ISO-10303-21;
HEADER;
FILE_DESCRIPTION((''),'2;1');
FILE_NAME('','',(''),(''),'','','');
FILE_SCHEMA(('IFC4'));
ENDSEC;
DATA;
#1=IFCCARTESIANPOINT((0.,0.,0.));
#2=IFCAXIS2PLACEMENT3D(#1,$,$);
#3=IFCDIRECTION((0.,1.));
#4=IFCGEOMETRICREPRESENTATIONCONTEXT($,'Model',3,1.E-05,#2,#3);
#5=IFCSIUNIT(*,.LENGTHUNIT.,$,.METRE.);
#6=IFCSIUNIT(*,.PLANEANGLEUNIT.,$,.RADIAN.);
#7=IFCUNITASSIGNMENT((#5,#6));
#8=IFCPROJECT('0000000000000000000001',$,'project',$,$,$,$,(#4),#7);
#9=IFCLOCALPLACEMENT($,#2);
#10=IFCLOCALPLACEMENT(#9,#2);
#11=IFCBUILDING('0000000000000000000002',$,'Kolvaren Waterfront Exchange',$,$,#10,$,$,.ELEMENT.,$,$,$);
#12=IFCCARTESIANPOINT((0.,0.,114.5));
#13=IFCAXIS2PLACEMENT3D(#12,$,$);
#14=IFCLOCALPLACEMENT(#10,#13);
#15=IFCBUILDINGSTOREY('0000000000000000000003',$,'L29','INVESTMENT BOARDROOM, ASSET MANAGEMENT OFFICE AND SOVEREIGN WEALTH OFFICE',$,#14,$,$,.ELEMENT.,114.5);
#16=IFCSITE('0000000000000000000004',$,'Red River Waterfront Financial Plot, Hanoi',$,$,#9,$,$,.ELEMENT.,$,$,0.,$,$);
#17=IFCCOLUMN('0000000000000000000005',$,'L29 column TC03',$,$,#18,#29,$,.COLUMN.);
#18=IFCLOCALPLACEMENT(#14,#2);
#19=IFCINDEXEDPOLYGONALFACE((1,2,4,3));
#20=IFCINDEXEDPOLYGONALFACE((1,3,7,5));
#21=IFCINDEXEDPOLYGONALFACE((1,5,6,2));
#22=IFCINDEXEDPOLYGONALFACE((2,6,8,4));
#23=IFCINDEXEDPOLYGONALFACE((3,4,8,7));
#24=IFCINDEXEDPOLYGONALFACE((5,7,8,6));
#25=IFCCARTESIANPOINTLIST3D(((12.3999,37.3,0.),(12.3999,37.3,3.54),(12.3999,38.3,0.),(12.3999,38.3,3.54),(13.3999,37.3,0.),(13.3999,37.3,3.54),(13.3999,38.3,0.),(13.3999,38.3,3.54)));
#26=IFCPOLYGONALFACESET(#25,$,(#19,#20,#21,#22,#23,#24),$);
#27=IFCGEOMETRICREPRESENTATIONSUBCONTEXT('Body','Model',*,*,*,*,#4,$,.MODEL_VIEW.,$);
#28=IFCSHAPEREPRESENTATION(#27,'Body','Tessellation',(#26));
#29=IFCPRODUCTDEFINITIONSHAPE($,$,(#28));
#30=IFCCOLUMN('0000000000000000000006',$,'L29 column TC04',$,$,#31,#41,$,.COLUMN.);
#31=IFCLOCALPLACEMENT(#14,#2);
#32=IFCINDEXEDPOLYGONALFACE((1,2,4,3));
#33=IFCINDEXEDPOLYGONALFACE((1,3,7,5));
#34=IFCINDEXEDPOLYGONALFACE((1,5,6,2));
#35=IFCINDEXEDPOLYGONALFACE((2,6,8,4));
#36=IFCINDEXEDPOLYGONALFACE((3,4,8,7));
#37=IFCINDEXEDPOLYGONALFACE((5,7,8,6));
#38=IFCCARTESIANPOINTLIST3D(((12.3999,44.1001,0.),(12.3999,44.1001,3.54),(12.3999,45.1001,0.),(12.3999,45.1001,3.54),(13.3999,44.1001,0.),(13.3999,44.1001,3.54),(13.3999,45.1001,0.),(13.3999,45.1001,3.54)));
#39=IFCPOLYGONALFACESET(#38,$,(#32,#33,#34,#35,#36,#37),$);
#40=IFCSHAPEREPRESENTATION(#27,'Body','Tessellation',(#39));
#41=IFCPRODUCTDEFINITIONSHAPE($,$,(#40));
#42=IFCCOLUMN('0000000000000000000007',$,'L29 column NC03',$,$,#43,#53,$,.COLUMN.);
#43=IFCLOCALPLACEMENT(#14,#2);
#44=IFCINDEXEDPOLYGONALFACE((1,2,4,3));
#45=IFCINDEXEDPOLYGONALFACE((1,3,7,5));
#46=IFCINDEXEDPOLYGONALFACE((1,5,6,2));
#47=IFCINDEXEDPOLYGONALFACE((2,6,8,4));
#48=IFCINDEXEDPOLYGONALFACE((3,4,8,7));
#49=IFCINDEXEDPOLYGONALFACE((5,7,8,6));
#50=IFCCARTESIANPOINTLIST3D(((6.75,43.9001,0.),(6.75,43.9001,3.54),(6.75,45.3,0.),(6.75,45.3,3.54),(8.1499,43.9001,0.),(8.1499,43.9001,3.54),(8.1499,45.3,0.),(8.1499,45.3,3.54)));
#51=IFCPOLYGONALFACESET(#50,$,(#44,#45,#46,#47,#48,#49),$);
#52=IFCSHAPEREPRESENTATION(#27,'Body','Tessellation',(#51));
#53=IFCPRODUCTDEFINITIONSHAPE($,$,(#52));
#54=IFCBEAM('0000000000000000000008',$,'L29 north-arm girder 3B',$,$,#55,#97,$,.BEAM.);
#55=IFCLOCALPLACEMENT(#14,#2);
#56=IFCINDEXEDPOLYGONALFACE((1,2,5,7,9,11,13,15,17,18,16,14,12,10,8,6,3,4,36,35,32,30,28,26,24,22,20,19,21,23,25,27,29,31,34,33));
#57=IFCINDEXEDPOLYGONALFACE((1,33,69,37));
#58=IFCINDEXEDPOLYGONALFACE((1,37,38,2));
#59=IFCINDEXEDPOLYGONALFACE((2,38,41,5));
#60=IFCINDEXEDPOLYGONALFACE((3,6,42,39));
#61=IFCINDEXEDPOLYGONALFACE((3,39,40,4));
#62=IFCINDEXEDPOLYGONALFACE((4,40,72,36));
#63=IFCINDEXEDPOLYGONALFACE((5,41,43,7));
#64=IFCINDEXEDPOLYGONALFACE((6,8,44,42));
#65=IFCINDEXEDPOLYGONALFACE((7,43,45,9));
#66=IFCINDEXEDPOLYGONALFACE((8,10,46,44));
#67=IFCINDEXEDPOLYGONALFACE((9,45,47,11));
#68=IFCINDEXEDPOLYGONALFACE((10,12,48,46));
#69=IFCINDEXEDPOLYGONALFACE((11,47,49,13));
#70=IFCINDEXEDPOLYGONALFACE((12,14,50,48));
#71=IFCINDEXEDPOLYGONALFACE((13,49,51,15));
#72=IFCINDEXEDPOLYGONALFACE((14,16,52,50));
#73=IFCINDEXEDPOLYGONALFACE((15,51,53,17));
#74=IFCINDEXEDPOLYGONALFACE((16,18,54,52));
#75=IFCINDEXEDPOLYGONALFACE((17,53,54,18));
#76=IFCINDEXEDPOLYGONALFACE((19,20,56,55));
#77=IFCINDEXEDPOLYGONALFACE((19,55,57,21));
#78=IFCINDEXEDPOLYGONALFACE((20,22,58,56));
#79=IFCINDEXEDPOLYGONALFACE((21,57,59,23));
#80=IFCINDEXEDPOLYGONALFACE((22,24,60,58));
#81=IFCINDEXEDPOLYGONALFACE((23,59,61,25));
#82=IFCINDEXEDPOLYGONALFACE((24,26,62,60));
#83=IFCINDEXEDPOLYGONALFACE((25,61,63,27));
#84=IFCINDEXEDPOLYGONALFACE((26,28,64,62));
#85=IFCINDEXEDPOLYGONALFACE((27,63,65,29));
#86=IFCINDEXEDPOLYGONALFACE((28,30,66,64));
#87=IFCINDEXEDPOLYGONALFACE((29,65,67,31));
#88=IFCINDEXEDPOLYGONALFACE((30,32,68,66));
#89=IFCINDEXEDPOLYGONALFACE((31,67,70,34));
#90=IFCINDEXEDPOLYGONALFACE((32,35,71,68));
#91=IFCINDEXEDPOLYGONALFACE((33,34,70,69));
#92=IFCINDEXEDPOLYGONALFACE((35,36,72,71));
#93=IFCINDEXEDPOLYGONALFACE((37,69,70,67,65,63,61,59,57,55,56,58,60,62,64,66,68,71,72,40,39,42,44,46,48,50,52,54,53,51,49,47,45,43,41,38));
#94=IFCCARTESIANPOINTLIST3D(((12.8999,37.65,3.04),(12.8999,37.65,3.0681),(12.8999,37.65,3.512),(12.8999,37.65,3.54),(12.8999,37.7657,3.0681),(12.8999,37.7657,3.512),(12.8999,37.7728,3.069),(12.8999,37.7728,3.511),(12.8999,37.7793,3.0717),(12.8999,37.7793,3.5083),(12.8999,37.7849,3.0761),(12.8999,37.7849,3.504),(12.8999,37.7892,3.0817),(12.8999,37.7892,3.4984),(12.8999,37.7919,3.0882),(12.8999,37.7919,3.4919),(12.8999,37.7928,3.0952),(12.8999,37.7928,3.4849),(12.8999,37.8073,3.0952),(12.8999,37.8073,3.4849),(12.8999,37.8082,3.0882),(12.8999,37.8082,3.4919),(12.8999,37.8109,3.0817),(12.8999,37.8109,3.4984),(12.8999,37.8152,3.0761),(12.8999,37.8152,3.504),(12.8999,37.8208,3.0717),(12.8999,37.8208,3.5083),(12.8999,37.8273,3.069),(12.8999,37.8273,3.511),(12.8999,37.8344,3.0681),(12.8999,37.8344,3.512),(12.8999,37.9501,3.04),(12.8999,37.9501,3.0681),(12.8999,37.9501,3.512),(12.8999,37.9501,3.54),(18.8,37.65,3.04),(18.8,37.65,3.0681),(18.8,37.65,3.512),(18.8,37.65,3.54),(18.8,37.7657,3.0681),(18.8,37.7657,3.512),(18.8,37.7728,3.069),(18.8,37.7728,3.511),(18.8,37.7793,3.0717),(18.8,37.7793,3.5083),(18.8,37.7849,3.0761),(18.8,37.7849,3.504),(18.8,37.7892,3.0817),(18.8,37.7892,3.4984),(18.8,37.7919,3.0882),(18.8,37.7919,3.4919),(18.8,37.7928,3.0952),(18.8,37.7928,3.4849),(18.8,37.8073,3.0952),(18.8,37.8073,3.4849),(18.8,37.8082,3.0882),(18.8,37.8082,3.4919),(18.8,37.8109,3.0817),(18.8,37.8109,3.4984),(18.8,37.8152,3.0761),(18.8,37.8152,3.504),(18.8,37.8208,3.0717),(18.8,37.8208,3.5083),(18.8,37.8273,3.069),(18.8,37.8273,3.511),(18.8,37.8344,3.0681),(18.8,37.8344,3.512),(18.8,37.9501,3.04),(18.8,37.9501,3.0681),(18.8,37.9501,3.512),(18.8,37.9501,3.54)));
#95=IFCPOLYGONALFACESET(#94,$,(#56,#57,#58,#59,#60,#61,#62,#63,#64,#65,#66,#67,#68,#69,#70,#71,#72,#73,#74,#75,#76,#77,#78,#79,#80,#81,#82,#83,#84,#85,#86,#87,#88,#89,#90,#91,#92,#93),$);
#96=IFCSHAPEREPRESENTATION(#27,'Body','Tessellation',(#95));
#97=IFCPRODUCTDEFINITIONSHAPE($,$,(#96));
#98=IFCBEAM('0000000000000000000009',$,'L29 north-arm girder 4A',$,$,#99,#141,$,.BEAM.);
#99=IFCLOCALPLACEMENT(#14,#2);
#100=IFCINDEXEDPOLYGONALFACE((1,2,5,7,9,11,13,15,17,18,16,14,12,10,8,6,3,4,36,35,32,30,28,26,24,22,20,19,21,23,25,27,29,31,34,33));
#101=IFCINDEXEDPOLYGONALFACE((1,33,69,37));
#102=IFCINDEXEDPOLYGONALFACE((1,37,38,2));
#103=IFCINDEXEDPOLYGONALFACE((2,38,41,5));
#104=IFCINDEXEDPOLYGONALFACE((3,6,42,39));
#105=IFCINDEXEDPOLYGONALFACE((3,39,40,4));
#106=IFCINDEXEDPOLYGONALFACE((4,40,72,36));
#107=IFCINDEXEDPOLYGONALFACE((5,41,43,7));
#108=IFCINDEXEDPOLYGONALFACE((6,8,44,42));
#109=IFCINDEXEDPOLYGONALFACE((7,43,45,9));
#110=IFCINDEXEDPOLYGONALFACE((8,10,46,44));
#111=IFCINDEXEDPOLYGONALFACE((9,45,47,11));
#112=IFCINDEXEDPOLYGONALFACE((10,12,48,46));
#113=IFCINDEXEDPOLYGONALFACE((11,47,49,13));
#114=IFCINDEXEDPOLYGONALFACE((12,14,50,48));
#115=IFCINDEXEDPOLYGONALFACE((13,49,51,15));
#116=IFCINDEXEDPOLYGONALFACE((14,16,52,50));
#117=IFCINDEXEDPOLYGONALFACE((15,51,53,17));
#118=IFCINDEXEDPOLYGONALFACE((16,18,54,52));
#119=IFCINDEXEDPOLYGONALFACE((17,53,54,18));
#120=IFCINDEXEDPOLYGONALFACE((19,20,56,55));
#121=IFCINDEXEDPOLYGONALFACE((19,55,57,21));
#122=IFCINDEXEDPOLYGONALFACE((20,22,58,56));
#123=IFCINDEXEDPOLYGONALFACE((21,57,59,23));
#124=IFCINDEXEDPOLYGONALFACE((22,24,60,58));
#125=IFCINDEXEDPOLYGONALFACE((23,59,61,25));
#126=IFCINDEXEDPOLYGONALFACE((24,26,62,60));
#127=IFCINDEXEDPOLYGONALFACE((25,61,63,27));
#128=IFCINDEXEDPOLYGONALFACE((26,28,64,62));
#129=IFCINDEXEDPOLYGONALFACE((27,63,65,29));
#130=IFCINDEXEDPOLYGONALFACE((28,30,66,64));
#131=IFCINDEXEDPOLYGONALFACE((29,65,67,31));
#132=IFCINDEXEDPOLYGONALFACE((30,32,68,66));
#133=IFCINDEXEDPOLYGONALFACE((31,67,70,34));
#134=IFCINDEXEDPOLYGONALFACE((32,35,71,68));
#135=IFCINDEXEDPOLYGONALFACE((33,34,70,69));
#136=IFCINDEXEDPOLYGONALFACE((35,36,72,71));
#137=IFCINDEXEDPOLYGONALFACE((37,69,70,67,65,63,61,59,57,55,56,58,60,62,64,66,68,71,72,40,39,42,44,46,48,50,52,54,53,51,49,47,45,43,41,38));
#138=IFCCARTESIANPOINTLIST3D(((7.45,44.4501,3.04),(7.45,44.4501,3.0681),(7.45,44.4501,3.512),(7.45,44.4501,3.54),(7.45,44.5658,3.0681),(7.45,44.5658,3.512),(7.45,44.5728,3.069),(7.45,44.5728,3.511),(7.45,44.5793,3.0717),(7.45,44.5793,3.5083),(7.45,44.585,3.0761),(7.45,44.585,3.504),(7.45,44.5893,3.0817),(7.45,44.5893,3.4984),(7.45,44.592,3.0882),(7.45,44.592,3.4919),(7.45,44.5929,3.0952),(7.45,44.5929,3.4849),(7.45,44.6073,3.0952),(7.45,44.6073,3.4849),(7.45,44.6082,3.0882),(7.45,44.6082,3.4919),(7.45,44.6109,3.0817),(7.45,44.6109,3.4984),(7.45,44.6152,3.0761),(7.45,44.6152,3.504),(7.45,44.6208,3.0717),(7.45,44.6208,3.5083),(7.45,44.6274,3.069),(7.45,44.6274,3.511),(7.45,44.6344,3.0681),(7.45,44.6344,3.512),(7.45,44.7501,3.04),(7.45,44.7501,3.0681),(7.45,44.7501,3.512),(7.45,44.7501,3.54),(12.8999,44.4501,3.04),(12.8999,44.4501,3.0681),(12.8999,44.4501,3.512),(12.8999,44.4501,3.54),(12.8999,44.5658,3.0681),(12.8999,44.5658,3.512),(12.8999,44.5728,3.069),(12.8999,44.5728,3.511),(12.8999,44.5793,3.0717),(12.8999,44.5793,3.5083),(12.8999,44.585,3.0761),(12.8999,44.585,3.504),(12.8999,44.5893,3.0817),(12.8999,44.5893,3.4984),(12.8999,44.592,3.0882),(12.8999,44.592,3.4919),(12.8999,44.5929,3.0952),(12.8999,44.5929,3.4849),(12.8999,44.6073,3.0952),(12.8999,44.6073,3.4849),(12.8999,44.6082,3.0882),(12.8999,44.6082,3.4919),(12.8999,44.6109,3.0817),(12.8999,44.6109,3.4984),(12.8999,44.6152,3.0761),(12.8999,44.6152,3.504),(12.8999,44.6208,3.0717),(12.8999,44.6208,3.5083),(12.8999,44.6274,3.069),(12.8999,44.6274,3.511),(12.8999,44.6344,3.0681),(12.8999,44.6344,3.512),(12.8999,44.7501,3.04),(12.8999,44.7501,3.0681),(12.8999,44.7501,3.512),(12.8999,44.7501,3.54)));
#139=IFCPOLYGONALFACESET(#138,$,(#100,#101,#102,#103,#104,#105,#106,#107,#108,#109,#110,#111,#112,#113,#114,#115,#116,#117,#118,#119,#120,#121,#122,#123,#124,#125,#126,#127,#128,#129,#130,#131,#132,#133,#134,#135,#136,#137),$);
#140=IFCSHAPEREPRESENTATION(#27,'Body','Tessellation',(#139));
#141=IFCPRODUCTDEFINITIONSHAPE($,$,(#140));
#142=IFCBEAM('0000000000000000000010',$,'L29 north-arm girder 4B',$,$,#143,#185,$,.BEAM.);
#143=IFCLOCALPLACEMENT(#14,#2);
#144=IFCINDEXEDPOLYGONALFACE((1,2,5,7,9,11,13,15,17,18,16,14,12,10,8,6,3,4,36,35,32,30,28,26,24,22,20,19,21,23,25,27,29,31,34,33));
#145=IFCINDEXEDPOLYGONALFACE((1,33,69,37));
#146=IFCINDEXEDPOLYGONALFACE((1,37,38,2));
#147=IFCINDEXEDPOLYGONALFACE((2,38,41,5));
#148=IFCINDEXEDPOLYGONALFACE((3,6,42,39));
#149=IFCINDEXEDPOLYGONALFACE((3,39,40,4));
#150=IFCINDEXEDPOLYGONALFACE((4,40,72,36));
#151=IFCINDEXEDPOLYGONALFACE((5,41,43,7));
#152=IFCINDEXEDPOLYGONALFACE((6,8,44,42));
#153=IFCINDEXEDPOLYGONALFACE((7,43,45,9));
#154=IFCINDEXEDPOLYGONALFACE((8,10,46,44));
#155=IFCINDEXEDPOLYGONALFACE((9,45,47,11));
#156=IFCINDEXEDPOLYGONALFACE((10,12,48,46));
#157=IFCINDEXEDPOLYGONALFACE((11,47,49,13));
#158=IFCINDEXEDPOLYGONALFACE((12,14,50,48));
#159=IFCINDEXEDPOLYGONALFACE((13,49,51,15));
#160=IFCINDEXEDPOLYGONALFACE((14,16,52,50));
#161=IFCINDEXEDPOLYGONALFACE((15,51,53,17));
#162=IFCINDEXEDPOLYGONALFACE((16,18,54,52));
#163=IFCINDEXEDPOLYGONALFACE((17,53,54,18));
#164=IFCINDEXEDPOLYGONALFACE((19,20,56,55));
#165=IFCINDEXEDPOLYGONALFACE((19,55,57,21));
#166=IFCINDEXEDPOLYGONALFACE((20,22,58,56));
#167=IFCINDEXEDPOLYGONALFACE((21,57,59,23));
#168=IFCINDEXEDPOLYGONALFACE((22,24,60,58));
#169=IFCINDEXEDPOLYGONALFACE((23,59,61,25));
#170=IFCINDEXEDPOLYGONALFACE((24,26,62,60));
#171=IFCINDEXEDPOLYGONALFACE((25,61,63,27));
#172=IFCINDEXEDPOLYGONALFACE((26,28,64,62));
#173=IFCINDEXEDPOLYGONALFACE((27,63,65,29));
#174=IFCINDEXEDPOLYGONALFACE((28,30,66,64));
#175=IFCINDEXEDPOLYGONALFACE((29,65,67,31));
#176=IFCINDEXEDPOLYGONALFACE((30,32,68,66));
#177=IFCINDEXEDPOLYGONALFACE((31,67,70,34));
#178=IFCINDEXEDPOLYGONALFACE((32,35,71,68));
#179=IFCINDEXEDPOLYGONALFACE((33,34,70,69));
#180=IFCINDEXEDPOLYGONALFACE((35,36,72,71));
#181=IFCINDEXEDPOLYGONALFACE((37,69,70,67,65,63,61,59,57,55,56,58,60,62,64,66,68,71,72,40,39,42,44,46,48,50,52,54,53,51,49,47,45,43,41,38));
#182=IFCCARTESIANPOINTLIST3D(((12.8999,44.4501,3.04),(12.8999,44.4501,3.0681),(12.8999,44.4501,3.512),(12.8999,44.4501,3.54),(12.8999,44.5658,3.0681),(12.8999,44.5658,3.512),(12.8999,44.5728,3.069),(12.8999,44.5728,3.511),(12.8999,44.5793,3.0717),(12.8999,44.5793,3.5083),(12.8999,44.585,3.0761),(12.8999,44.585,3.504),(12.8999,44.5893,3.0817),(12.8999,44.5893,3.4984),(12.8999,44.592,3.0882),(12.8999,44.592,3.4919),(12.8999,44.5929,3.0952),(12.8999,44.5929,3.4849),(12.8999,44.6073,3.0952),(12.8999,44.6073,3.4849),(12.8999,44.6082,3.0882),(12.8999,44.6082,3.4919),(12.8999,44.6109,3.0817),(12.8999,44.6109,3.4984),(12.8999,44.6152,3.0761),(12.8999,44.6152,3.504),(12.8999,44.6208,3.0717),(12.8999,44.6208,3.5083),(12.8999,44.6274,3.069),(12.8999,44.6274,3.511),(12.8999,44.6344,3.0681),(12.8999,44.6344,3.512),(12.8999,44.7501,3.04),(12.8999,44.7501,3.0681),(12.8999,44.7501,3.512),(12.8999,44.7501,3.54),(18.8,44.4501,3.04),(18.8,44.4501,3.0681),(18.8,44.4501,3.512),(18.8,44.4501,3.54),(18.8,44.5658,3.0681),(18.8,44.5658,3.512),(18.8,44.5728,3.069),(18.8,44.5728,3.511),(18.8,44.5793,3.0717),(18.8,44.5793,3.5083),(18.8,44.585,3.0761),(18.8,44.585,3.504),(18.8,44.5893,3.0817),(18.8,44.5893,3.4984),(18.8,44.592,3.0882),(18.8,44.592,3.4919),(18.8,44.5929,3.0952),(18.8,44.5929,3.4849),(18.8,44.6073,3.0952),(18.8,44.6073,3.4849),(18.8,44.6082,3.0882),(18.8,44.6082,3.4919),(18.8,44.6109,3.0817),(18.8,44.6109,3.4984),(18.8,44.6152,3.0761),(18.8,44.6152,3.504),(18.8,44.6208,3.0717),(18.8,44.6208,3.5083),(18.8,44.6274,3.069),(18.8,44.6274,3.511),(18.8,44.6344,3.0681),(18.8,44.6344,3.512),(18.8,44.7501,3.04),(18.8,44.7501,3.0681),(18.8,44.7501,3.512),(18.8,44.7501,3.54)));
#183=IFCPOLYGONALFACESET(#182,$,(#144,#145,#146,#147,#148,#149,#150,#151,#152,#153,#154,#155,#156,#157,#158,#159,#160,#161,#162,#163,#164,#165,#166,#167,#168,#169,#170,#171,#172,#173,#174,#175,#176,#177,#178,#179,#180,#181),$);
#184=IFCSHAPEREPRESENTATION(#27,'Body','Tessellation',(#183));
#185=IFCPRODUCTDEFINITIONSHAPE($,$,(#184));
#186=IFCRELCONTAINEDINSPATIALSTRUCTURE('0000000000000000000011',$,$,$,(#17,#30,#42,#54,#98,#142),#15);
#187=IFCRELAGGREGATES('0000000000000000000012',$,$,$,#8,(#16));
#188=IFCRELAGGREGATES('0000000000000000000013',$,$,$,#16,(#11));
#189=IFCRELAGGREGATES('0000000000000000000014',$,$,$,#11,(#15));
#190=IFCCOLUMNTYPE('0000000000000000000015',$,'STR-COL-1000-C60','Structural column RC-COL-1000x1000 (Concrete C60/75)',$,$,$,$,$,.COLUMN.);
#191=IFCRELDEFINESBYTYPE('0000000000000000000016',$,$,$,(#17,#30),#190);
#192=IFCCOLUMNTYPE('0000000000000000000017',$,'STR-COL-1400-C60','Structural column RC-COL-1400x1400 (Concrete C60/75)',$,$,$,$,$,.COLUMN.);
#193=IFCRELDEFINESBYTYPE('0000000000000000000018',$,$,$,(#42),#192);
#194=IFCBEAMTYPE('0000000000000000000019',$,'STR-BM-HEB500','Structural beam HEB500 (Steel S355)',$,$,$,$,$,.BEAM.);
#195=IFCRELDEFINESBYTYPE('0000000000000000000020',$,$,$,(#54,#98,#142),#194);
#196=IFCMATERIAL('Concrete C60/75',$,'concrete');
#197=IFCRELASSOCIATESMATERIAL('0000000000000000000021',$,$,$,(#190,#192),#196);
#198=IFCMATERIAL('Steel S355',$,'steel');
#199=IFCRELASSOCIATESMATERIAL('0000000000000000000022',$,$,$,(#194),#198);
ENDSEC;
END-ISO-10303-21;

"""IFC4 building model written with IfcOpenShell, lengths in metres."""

from ifc_helpers import new_model, si_unit, direction, frame, origin, origin_2d, place, context, subcontext, project, spatial, rectangle, i_section, extrude, material, material_profile, profile_set, type_object, element, save


model = new_model("IFC4")

# Units and contexts
model_context = context("Model", 3, precision=1e-05, world=origin(), true_north=direction((0.0, 1.0)))
body_context = subcontext(model_context, "Body", "Model", "MODEL_VIEW")
ifc_project = project(units=[si_unit("LENGTHUNIT", "METRE"), si_unit("PLANEANGLEUNIT", "RADIAN")], contexts=[model_context])

# Site, building, storey
site_placement = place(None, origin())
site = spatial("IfcSite", under=ifc_project, at=site_placement, Name="Red River Waterfront Financial Plot, Hanoi", CompositionType="ELEMENT", RefElevation=0.0)
building_placement = place(site_placement, origin())
building = spatial("IfcBuilding", under=site, at=building_placement, Name="Kolvaren Waterfront Exchange", CompositionType="ELEMENT")
storey_placement = place(building_placement, frame((0.0, 0.0, 114.5)))
storey = spatial("IfcBuildingStorey", under=building, at=storey_placement, Name="L29", Description="INVESTMENT BOARDROOM, ASSET MANAGEMENT OFFICE AND SOVEREIGN WEALTH OFFICE", CompositionType="ELEMENT", Elevation=114.5)

# Columns
ifc_material_1 = material(Name="Concrete C60/75", Category="concrete")
ifc_material_profile_1 = material_profile(ifc_material_1, rectangle(XDim=1.0, YDim=1.0, at=origin_2d()), Name="RC-COL-1000x1000")
ifc_profile_set_1 = profile_set([ifc_material_profile_1], Name="Concrete C60/75")
column_type_1 = type_object("IfcColumnType", Name="STR-COL-1000-C60", Description="Structural column RC-COL-1000x1000 (Concrete C60/75)", PredefinedType="COLUMN", material=ifc_profile_set_1)
for number, where, z_axis, x_axis, name in (
    (1, (12.8999, 37.8, 0.0), (0.0, 0.0, 1.0), (1.0, 0.0, 0.0), "L29 column TC03"),
    (2, (12.8999, 44.6001, 0.0), (0.0, 0.0, 1.0), (1.0, 0.0, 0.0), "L29 column TC04"),
):
    element("IfcColumn", number, at=place(storey_placement, frame(where, z_axis=z_axis, x_axis=x_axis)), inside=storey, type_object=column_type_1, Name=name, PredefinedType="COLUMN", context=body_context, shape_type="SweptSolid", body=[
        extrude(rectangle(XDim=1.0, YDim=1.0, at=origin_2d()), origin(), (0.0, 0.0, 1.0), 3.54),
    ])
ifc_material_profile_2 = material_profile(ifc_material_1, rectangle(XDim=1.3999, YDim=1.3999, at=origin_2d()), Name="RC-COL-1400x1400")
ifc_profile_set_2 = profile_set([ifc_material_profile_2], Name="Concrete C60/75")
column_type_2 = type_object("IfcColumnType", Name="STR-COL-1400-C60", Description="Structural column RC-COL-1400x1400 (Concrete C60/75)", PredefinedType="COLUMN", material=ifc_profile_set_2)
column_placement = place(storey_placement, frame((7.45, 44.6001, 0.0), z_axis=(0.0, 0.0, 1.0), x_axis=(1.0, 0.0, 0.0)))
element("IfcColumn", 3, at=column_placement, inside=storey, type_object=column_type_2, Name="L29 column NC03", PredefinedType="COLUMN", context=body_context, shape_type="SweptSolid", body=[
    extrude(rectangle(XDim=1.3999, YDim=1.3999, at=origin_2d()), origin(), (0.0, 0.0, 1.0), 3.54),
])

# Beams
ifc_material_2 = material(Name="Steel S355", Category="steel")
ifc_material_profile_3 = material_profile(ifc_material_2, i_section(OverallWidth=0.3, OverallDepth=0.5, WebThickness=0.0144, FlangeThickness=0.0281, FilletRadius=0.0271, at=origin_2d()), Name="HEB500")
ifc_profile_set_3 = profile_set([ifc_material_profile_3], Name="Steel S355")
beam_type_1 = type_object("IfcBeamType", Name="STR-BM-HEB500", Description="Structural beam HEB500 (Steel S355)", PredefinedType="BEAM", material=ifc_profile_set_3)
beam_1_placement = place(storey_placement, frame((12.8999, 37.8, 3.29), z_axis=(1.0, 0.0, 0.0), x_axis=(0.0, 1.0, 0.0)))
element("IfcBeam", 4, at=beam_1_placement, inside=storey, type_object=beam_type_1, Name="L29 north-arm girder 3B", PredefinedType="BEAM", context=body_context, shape_type="SweptSolid", body=[
    extrude(i_section(OverallWidth=0.3, OverallDepth=0.5, WebThickness=0.0144, FlangeThickness=0.0281, FilletRadius=0.0271, at=origin_2d()), origin(), (0.0, 0.0, 1.0), 5.9001),
])
beam_2_placement = place(storey_placement, frame((7.45, 44.6001, 3.29), z_axis=(1.0, 0.0, 0.0), x_axis=(0.0, 1.0, 0.0)))
element("IfcBeam", 5, at=beam_2_placement, inside=storey, type_object=beam_type_1, Name="L29 north-arm girder 4A", PredefinedType="BEAM", context=body_context, shape_type="SweptSolid", body=[
    extrude(i_section(OverallWidth=0.3, OverallDepth=0.5, WebThickness=0.0144, FlangeThickness=0.0281, FilletRadius=0.0271, at=origin_2d()), origin(), (0.0, 0.0, 1.0), 5.45),
])
beam_3_placement = place(storey_placement, frame((12.8999, 44.6001, 3.29), z_axis=(1.0, 0.0, 0.0), x_axis=(0.0, 1.0, 0.0)))
element("IfcBeam", 6, at=beam_3_placement, inside=storey, type_object=beam_type_1, Name="L29 north-arm girder 4B", PredefinedType="BEAM", context=body_context, shape_type="SweptSolid", body=[
    extrude(i_section(OverallWidth=0.3, OverallDepth=0.5, WebThickness=0.0144, FlangeThickness=0.0281, FilletRadius=0.0271, at=origin_2d()), origin(), (0.0, 0.0, 1.0), 5.9001),
])

save(model, "model.ifc")
